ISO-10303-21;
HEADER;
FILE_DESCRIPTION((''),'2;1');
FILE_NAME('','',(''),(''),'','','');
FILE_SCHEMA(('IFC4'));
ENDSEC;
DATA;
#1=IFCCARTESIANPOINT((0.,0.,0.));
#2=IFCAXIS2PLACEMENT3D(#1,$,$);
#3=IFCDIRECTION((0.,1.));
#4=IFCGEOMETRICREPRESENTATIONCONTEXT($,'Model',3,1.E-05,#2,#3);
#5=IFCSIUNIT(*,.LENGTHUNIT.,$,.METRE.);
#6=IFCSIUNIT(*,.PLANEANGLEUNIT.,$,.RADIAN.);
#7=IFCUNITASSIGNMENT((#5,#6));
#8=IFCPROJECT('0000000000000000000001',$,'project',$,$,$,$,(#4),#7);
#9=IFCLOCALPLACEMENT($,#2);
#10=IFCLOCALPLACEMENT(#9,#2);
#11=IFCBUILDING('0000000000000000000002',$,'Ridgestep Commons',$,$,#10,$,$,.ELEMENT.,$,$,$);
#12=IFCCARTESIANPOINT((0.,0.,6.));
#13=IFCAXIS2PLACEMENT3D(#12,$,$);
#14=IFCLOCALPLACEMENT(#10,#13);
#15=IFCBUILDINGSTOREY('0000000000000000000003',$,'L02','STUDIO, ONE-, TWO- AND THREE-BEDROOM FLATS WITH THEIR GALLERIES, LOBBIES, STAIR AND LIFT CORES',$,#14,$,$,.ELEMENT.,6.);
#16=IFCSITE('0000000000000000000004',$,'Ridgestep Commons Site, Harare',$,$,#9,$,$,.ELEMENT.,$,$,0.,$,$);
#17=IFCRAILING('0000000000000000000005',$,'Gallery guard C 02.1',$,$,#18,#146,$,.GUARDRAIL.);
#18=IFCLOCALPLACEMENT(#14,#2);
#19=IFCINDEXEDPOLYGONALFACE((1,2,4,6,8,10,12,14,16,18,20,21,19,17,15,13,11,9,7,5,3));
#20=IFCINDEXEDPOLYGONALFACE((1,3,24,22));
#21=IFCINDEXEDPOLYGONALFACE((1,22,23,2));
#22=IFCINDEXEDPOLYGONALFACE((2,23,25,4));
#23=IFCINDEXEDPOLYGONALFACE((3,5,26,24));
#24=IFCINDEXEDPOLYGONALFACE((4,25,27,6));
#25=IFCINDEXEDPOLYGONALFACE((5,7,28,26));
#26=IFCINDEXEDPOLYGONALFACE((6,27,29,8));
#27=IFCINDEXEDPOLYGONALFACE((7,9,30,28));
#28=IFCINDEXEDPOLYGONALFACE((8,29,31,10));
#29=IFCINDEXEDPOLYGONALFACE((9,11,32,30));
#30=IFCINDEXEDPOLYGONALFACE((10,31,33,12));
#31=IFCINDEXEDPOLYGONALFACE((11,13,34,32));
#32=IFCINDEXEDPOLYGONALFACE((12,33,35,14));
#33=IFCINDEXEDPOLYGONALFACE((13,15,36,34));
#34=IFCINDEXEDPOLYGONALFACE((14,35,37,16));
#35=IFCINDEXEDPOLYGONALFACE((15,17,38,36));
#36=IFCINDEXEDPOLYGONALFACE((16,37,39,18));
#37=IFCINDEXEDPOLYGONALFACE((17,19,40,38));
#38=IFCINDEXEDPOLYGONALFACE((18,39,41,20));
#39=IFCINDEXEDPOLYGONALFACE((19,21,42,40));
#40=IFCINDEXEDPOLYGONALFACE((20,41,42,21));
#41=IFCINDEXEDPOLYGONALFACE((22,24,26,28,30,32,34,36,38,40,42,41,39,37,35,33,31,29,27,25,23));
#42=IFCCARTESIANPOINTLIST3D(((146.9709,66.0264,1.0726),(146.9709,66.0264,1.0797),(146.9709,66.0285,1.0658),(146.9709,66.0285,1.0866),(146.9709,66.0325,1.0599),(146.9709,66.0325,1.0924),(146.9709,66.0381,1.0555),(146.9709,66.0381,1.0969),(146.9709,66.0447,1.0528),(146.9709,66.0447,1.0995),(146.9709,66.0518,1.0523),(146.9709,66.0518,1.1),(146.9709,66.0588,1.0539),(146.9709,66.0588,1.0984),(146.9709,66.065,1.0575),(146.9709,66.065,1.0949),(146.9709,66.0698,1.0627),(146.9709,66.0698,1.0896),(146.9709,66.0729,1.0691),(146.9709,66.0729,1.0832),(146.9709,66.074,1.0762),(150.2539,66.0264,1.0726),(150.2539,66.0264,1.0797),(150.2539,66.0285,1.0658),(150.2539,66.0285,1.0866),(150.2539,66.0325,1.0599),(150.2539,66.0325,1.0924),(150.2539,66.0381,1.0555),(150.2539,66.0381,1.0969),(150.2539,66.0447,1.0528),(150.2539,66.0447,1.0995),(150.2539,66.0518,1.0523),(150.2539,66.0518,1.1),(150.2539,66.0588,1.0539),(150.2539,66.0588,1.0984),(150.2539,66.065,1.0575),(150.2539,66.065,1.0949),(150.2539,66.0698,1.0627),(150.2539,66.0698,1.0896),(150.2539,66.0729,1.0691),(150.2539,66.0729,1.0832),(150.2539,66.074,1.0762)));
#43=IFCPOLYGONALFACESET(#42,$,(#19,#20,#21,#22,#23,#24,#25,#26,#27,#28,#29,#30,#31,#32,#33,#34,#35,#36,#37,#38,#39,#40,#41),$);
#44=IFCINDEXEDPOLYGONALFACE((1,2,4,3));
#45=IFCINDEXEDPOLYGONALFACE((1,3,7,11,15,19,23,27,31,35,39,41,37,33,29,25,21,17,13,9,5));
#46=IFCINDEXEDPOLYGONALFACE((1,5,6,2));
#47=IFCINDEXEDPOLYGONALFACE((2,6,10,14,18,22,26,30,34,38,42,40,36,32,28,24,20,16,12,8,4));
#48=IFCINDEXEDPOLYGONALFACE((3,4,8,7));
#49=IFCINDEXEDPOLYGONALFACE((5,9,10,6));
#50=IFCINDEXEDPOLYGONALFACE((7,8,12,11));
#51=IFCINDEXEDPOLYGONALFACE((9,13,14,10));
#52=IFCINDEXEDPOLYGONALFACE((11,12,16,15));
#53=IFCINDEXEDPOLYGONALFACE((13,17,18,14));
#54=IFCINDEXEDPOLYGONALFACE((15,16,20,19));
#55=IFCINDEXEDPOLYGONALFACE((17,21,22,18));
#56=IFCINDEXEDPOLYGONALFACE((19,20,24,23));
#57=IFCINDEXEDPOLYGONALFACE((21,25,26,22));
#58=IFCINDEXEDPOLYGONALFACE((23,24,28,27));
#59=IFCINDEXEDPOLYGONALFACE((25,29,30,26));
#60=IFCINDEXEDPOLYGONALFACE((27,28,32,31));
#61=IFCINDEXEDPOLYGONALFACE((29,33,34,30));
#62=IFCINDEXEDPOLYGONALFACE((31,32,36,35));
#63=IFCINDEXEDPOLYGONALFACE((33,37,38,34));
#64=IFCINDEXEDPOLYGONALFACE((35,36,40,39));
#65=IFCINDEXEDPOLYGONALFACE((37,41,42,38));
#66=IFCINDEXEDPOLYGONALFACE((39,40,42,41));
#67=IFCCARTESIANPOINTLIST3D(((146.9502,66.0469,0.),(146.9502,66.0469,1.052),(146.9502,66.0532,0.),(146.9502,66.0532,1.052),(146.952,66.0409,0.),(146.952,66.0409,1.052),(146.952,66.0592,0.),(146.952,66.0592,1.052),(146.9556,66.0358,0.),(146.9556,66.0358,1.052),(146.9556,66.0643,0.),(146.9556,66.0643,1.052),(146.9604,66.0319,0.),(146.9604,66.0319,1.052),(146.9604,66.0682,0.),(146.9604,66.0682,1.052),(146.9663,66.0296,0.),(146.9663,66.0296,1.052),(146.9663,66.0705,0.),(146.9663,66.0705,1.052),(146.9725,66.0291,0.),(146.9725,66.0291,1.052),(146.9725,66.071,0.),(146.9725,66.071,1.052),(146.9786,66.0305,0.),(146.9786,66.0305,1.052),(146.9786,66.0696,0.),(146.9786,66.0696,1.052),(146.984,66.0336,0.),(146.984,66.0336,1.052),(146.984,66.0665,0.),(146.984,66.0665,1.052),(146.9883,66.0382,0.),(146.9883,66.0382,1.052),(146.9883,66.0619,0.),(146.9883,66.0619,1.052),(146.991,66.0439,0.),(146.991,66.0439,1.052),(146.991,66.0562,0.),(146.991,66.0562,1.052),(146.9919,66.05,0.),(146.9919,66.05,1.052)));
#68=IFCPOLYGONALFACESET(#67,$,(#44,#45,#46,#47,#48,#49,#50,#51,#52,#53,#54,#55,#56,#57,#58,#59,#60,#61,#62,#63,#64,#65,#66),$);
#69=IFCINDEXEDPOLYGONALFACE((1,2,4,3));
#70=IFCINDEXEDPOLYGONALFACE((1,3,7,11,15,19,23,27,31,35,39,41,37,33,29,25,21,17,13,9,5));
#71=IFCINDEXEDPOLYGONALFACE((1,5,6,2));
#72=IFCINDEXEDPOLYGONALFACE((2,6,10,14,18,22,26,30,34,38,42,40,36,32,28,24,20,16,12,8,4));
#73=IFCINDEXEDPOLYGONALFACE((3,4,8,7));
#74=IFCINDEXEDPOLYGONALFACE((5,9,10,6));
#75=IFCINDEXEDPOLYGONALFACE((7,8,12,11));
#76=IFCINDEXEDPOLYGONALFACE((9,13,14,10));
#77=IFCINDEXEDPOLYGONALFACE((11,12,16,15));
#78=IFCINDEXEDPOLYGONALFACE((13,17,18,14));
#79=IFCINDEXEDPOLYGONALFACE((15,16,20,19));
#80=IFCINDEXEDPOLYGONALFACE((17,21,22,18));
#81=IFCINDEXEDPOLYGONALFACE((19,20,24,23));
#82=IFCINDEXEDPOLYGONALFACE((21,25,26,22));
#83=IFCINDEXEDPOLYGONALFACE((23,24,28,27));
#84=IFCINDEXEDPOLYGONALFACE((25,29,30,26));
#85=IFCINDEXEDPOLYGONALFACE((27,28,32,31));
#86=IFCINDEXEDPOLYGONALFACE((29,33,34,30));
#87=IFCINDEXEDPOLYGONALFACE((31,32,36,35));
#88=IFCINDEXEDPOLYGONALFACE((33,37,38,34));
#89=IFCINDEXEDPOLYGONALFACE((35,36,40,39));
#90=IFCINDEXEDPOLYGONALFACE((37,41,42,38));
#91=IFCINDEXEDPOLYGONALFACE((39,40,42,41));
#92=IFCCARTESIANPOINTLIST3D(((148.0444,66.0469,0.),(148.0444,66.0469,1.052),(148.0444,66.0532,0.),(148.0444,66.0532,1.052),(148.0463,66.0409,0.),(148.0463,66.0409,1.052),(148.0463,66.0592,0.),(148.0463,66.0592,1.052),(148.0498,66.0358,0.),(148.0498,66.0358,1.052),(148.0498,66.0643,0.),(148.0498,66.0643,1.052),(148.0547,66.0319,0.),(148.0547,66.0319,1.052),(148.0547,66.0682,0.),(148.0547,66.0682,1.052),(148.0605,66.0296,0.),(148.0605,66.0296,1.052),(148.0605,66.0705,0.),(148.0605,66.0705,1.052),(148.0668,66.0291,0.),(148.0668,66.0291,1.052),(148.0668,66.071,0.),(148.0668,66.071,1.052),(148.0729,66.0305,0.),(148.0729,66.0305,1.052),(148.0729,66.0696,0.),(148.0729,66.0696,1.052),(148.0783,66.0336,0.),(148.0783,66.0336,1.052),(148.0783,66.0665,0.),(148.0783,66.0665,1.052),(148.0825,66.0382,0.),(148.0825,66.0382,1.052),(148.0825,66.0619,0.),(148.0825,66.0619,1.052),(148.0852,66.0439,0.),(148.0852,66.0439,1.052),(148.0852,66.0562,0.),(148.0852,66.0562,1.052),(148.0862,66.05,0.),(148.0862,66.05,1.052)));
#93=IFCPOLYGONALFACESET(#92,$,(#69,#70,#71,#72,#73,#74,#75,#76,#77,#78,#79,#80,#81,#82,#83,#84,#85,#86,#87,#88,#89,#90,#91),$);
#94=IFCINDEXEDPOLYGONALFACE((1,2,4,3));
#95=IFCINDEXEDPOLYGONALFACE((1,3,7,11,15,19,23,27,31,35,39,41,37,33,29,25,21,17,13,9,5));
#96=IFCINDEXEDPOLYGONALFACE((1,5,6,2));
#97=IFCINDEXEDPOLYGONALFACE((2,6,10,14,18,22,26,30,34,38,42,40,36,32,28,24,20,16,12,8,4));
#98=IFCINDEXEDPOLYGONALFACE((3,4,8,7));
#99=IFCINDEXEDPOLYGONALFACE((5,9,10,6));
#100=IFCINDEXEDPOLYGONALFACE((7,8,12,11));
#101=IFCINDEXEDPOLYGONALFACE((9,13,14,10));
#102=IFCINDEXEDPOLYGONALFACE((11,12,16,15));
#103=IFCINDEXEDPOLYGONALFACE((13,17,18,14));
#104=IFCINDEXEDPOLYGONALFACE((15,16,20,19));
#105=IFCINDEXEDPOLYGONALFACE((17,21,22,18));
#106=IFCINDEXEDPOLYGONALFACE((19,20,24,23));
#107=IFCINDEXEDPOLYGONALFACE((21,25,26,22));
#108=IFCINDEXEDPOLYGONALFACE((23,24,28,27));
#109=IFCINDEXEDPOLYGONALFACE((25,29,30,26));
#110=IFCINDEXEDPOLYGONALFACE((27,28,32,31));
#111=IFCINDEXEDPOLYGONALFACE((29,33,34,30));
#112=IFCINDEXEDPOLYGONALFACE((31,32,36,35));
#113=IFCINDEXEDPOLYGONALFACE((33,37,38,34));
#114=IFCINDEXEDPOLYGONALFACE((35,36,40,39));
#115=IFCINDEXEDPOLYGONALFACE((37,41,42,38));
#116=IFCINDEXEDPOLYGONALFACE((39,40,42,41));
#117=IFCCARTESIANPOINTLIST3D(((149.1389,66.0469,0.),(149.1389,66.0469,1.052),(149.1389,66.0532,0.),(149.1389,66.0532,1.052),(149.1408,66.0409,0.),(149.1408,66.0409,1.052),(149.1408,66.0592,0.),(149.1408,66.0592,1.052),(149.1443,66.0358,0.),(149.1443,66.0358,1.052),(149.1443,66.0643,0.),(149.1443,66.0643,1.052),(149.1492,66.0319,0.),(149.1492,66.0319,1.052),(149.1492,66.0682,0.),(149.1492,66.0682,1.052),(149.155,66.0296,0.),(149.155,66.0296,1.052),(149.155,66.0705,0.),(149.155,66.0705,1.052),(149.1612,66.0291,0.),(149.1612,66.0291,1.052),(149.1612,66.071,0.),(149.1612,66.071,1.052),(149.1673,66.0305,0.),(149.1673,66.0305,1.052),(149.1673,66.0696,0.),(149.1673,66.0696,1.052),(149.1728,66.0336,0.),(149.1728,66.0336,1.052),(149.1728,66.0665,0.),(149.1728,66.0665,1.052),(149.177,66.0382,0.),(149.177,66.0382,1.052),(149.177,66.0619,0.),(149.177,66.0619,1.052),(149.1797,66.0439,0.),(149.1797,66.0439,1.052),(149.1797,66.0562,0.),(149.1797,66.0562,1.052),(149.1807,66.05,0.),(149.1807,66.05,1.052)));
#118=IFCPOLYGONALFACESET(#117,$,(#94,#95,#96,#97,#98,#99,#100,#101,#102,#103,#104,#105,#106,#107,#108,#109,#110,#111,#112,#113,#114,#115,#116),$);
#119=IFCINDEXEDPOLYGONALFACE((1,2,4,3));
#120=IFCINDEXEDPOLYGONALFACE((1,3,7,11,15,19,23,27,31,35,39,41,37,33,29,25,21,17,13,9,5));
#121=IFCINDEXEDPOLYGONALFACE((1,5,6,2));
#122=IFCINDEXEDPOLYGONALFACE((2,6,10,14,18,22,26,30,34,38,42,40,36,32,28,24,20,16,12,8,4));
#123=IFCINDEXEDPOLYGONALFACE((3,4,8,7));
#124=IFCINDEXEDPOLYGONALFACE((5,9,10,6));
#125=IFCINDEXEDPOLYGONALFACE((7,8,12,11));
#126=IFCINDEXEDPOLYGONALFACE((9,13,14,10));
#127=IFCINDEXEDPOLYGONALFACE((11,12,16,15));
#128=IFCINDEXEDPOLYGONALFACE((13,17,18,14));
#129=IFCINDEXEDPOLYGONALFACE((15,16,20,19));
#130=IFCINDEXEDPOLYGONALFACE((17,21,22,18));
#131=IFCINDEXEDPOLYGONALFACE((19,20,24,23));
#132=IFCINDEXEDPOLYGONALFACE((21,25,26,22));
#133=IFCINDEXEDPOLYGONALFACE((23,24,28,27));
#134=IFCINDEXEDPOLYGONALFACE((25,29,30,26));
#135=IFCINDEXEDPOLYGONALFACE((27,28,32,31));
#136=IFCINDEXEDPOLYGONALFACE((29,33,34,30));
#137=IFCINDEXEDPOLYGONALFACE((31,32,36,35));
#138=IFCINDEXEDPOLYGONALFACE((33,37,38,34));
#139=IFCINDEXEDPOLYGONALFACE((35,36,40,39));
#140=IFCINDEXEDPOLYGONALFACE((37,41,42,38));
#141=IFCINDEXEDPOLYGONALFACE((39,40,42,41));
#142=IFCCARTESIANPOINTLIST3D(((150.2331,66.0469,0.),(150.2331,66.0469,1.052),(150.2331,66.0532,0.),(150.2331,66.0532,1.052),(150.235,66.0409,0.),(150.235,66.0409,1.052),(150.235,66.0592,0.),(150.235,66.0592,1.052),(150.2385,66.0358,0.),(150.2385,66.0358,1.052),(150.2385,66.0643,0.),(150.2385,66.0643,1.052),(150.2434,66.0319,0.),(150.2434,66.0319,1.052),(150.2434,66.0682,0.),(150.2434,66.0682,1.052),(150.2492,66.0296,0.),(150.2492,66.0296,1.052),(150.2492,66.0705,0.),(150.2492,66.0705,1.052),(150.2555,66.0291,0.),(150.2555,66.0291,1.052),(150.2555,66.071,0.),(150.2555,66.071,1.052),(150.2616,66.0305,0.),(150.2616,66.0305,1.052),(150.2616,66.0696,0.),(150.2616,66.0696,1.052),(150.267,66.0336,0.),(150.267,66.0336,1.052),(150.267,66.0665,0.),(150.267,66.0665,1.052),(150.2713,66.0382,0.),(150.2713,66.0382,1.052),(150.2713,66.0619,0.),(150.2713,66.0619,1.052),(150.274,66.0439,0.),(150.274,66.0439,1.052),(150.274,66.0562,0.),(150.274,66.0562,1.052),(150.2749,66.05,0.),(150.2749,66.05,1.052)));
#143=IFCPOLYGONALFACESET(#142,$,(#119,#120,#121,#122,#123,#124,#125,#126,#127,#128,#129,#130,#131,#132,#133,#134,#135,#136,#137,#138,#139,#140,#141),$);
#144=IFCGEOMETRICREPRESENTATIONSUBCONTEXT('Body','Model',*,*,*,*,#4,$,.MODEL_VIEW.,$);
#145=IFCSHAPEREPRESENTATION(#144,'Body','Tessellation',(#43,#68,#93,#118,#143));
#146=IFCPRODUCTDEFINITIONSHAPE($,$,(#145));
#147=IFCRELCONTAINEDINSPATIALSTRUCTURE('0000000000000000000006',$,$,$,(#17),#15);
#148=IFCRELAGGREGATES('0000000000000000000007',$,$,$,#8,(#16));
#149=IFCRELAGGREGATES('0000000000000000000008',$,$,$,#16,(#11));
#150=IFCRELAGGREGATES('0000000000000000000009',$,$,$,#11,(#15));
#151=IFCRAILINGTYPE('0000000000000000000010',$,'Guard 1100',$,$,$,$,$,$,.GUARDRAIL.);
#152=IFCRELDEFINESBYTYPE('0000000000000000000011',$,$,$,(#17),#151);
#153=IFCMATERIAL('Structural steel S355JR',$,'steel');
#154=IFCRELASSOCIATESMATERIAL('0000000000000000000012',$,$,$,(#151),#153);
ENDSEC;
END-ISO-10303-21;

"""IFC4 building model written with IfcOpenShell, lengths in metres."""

from ifc_helpers import new_model, si_unit, direction, frame, origin, origin_2d, place, context, subcontext, project, spatial, circle, extrude, material, type_object, element, save


model = new_model("IFC4")

# Units and contexts
model_context = context("Model", 3, precision=1e-05, world=origin(), true_north=direction((0.0, 1.0)))
body_context = subcontext(model_context, "Body", "Model", "MODEL_VIEW")
ifc_project = project(units=[si_unit("LENGTHUNIT", "METRE"), si_unit("PLANEANGLEUNIT", "RADIAN")], contexts=[model_context])

# Site, building, storey
site_placement = place(None, origin())
site = spatial("IfcSite", under=ifc_project, at=site_placement, Name="Ridgestep Commons Site, Harare", CompositionType="ELEMENT", RefElevation=0.0)
building_placement = place(site_placement, origin())
building = spatial("IfcBuilding", under=site, at=building_placement, Name="Ridgestep Commons", CompositionType="ELEMENT")
storey_placement = place(building_placement, frame((0.0, 0.0, 6.0)))
storey = spatial("IfcBuildingStorey", under=building, at=storey_placement, Name="L02", Description="STUDIO, ONE-, TWO- AND THREE-BEDROOM FLATS WITH THEIR GALLERIES, LOBBIES, STAIR AND LIFT CORES", CompositionType="ELEMENT", Elevation=6.0)

# Railing
ifc_material_1 = material(Name="Structural steel S355JR", Category="steel")
railing_type = type_object("IfcRailingType", Name="Guard 1100", PredefinedType="GUARDRAIL", material=ifc_material_1)
railing_1_placement = place(storey_placement, frame((146.9709, 66.05, 0.0)))
element("IfcRailing", 1, at=railing_1_placement, inside=storey, type_object=railing_type, Name="Gallery guard C 02.1", PredefinedType="GUARDRAIL", context=body_context, shape_type="SweptSolid", body=[
    extrude(circle(Radius=0.0239, at=origin_2d()), frame((0.0, 0.0, 1.0762), z_axis=(1.0, 0.0, 0.0), x_axis=(0.0, 1.0, 0.0)), (0.0, 0.0, 1.0), 3.283),
    extrude(circle(Radius=0.021, at=origin_2d()), origin(), (0.0, 0.0, 1.0), 1.052),
    extrude(circle(Radius=0.021, at=origin_2d()), frame((1.0942, 0.0, 0.0)), (0.0, 0.0, 1.0), 1.052),
    extrude(circle(Radius=0.021, at=origin_2d()), frame((2.1887, 0.0, 0.0)), (0.0, 0.0, 1.0), 1.052),
    extrude(circle(Radius=0.021, at=origin_2d()), frame((3.283, 0.0, 0.0)), (0.0, 0.0, 1.0), 1.052),
])

save(model, "model.ifc")
